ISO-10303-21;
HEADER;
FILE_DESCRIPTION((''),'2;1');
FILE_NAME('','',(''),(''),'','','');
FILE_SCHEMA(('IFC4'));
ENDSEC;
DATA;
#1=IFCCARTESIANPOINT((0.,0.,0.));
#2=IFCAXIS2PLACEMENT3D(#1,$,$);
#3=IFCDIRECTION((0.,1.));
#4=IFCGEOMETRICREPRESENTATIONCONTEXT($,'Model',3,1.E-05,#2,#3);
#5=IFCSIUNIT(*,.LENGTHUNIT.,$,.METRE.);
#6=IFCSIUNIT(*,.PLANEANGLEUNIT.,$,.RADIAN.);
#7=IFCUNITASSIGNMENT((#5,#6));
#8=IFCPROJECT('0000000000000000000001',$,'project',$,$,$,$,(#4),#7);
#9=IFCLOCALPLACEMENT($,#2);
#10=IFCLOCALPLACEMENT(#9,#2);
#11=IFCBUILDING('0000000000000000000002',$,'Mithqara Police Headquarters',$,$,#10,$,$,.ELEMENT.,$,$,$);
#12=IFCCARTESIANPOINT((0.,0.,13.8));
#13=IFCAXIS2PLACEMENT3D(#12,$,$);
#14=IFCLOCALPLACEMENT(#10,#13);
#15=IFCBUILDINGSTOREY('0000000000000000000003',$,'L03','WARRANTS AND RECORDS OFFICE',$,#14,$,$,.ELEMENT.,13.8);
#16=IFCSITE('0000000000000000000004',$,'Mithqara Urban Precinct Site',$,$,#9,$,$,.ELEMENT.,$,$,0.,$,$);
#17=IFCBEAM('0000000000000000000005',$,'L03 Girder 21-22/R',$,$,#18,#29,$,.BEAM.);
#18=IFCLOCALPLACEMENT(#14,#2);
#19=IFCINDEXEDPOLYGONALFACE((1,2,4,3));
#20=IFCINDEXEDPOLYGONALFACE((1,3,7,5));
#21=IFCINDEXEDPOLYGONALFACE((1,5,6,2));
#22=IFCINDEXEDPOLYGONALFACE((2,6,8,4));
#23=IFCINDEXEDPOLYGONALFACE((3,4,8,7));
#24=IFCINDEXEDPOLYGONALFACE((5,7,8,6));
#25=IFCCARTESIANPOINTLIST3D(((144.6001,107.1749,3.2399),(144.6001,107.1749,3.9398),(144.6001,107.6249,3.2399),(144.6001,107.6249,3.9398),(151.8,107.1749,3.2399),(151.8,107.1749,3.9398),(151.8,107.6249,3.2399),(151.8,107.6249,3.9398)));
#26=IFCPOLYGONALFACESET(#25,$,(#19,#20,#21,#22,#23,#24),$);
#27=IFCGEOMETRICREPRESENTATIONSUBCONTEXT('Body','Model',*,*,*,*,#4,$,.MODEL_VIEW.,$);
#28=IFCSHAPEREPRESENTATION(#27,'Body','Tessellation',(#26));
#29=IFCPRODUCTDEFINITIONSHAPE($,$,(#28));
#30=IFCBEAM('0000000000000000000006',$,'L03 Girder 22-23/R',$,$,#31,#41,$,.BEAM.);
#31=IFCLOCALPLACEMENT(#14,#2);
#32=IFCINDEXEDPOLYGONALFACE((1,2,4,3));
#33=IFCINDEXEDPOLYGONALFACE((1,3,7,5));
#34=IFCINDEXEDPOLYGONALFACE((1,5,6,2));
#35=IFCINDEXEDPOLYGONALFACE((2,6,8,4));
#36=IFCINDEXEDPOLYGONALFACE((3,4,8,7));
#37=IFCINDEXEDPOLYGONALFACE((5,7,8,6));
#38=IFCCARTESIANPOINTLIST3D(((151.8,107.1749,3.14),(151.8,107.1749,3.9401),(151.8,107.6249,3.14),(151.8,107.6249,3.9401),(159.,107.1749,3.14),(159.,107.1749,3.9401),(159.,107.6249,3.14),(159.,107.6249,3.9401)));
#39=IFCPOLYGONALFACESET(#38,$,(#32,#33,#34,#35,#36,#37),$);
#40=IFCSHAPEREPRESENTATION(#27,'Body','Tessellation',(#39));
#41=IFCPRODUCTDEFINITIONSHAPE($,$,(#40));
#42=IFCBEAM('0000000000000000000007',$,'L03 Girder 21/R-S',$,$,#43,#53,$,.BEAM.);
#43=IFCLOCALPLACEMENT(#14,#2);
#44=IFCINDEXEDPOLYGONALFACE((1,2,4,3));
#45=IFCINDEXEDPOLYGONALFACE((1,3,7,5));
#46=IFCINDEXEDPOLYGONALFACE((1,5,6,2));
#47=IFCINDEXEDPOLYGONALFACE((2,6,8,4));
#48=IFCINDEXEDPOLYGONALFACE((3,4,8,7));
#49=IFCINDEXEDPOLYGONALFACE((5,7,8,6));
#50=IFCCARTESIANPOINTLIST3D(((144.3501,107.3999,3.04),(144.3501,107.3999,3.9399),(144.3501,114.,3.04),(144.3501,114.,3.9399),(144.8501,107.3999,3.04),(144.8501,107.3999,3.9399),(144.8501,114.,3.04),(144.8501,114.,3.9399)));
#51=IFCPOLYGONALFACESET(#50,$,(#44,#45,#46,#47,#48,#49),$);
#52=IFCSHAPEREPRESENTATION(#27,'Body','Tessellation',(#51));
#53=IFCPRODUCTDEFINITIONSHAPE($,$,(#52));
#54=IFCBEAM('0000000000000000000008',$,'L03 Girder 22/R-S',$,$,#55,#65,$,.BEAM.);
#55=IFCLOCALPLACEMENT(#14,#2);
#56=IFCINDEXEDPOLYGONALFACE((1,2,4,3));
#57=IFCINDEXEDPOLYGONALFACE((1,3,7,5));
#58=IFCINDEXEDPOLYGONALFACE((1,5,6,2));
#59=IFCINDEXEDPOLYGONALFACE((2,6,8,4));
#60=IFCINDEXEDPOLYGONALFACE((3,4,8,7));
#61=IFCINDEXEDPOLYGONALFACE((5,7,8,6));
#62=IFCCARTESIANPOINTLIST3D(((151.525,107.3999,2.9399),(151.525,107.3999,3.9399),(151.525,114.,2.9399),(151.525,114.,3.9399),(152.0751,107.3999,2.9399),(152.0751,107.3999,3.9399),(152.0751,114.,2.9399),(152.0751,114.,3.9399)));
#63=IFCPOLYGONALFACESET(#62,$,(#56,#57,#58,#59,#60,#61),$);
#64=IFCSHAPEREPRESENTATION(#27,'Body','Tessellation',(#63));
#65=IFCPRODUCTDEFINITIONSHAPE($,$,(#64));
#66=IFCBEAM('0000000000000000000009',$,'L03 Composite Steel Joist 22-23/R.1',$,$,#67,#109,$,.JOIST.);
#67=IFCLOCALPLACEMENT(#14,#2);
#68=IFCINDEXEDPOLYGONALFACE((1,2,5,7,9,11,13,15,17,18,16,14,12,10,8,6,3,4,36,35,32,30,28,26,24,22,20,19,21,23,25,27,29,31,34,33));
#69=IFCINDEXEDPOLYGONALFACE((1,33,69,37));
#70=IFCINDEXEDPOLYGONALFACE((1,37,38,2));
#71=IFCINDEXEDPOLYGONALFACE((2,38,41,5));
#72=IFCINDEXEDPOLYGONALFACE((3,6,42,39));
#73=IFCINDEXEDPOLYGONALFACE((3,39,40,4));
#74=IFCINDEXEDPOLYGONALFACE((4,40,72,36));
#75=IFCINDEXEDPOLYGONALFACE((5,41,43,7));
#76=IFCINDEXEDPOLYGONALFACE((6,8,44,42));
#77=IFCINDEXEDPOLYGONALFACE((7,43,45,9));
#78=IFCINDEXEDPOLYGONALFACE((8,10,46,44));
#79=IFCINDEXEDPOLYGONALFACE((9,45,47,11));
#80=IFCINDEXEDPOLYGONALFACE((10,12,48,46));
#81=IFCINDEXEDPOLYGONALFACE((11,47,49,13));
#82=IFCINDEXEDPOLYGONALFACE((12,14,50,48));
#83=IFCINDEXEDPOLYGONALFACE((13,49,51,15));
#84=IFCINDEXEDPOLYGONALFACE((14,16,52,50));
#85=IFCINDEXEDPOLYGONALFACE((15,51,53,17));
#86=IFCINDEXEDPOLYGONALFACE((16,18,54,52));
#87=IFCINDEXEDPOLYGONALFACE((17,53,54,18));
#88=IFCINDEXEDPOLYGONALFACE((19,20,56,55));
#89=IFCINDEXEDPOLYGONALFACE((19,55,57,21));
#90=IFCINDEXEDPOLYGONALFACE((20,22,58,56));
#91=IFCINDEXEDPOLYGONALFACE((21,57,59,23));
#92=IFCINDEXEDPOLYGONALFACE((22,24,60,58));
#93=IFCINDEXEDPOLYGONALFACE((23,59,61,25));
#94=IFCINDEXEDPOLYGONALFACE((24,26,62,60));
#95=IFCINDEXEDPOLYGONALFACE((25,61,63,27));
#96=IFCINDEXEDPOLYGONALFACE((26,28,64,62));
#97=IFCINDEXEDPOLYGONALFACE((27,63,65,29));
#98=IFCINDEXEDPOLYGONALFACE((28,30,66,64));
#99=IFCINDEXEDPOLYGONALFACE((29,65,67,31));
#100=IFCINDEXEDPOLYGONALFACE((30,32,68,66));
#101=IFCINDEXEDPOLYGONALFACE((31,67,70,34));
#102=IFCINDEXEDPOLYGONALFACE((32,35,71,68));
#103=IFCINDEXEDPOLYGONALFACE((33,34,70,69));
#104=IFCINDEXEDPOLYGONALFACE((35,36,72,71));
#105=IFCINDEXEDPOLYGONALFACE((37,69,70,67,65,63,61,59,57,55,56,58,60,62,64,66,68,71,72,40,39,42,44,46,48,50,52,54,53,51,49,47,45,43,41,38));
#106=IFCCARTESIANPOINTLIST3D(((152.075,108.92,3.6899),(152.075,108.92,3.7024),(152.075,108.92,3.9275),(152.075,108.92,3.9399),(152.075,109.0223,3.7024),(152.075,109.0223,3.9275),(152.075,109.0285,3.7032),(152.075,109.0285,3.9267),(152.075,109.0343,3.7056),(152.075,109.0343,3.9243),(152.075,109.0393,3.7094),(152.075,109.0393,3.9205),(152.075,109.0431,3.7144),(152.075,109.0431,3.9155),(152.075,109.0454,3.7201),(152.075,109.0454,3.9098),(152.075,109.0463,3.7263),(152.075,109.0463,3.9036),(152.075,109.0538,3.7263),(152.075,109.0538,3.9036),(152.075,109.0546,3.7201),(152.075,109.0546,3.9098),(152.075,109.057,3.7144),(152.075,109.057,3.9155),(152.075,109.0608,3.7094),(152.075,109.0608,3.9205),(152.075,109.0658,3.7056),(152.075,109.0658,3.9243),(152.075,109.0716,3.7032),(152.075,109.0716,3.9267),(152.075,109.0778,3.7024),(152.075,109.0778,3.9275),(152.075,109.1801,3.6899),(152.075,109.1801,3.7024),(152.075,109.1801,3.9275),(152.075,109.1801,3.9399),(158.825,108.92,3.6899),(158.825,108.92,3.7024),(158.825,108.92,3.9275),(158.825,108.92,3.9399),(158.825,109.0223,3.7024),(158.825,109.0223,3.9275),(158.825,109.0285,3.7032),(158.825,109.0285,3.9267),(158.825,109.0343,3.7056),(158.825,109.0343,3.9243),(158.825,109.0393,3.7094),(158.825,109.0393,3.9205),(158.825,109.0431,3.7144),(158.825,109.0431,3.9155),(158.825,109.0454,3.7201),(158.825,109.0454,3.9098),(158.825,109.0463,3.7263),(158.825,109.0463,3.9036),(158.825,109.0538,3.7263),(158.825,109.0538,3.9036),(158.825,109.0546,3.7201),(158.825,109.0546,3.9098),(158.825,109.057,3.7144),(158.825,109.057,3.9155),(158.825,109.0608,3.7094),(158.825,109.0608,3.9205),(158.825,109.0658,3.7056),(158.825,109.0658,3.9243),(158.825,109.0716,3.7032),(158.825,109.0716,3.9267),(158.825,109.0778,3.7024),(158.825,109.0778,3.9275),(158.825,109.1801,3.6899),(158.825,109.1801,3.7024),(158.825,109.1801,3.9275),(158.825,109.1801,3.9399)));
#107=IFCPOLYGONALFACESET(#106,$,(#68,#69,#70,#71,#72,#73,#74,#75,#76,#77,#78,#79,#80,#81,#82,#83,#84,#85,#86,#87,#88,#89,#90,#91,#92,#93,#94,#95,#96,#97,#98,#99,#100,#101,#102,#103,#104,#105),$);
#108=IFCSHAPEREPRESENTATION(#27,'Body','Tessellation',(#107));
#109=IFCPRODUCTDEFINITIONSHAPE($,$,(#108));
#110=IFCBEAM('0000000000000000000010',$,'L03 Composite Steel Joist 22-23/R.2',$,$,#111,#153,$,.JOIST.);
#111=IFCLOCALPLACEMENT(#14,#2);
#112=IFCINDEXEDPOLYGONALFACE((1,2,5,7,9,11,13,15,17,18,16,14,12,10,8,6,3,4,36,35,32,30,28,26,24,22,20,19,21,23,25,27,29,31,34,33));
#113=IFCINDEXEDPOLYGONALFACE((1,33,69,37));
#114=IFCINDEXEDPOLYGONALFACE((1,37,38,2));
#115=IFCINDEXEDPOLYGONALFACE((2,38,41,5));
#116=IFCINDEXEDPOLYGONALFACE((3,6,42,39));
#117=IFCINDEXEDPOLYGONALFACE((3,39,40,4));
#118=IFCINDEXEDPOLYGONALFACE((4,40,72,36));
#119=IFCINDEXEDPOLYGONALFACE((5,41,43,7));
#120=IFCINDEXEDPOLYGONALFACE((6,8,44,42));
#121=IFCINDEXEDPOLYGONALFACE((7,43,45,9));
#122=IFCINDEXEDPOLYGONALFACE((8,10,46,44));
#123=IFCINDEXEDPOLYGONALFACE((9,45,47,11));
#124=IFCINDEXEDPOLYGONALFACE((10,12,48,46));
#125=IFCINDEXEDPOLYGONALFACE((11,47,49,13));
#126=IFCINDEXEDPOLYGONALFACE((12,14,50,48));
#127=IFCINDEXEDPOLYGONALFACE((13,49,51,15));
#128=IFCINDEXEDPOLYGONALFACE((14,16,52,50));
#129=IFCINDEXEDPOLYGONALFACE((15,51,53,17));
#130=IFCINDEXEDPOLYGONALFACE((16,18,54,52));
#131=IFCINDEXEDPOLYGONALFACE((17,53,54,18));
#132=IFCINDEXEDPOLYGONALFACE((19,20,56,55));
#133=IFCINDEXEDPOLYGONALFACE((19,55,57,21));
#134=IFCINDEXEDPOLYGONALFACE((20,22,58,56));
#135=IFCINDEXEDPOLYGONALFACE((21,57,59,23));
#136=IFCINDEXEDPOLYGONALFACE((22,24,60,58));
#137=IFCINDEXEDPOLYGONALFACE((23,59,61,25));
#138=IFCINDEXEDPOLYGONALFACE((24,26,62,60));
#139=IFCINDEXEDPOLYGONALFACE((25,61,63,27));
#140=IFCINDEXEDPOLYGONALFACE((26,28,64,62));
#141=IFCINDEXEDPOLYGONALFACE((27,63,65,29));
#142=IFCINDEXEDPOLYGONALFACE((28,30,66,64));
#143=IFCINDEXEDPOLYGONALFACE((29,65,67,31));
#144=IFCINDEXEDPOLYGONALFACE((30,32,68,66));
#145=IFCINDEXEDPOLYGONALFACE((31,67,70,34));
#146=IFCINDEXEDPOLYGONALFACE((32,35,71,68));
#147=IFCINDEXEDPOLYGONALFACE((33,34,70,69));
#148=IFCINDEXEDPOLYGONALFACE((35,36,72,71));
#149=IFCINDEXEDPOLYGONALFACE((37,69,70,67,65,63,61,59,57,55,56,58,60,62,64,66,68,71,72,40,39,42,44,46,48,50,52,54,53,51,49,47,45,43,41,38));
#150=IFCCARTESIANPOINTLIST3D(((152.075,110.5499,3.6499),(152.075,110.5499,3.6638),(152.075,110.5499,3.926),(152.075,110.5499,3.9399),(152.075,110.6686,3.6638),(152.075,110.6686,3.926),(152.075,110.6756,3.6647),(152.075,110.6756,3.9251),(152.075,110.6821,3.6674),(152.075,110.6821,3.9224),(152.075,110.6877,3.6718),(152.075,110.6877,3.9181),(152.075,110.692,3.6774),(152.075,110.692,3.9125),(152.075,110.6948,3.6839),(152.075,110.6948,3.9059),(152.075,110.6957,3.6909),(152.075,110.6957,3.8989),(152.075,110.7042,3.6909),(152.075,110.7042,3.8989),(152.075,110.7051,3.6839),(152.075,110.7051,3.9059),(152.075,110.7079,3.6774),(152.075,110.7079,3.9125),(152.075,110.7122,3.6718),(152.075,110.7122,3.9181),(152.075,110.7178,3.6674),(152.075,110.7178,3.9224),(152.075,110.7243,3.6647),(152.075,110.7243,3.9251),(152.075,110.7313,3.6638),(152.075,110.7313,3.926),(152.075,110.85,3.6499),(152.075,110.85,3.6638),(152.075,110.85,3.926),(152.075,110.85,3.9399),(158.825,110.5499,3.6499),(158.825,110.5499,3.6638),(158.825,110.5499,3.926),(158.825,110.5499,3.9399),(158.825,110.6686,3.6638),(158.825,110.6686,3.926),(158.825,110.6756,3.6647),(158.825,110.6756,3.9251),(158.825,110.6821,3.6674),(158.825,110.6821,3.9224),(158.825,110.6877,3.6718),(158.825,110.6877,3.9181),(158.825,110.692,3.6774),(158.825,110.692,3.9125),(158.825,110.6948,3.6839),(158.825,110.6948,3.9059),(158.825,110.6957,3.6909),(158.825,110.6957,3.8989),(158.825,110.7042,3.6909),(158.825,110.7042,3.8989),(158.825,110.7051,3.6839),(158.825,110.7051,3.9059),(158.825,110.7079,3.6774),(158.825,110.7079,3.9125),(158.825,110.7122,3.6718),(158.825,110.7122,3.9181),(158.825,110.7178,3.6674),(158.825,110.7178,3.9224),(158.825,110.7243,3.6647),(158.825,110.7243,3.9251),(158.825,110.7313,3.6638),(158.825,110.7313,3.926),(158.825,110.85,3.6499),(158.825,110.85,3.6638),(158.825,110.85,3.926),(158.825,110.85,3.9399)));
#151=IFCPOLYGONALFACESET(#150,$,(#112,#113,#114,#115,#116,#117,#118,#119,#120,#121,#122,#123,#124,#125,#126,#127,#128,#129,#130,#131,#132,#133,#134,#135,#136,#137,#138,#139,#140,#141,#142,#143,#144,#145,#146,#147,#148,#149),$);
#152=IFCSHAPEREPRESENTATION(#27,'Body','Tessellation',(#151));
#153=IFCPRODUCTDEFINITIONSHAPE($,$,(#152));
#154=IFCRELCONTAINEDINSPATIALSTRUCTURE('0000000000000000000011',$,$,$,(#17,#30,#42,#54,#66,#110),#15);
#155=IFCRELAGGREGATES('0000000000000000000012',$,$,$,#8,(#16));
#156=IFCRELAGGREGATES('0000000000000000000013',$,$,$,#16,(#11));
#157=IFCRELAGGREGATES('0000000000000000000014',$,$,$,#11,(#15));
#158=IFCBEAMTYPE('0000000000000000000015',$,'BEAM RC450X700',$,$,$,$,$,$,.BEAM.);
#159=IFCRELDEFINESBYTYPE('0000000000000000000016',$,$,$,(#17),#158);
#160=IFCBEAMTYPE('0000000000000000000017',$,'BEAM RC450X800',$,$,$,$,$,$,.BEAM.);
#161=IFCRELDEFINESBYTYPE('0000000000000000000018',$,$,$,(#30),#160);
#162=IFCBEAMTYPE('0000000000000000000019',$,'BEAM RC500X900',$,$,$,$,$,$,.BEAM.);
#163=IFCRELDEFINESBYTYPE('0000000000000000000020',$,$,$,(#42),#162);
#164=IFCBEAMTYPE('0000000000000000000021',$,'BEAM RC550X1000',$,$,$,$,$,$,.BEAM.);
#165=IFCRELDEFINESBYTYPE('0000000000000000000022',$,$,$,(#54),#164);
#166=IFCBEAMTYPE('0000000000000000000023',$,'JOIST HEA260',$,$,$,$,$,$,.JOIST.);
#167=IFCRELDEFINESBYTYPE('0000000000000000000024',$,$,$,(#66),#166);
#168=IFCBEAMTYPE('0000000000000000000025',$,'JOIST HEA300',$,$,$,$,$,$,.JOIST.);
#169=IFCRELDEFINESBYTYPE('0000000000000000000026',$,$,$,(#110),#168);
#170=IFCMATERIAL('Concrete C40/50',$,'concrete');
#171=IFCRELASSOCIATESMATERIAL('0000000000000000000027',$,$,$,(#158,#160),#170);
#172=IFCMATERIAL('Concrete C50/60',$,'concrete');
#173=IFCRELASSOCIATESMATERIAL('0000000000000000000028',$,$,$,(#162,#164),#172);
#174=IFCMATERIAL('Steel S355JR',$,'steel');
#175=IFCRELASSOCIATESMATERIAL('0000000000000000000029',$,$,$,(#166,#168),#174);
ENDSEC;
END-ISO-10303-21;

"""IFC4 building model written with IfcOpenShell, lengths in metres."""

from ifc_helpers import new_model, si_unit, direction, frame, origin, origin_2d, place, context, subcontext, project, spatial, rectangle, i_section, extrude, material, material_profile, profile_set, type_object, element, save


model = new_model("IFC4")

# Units and contexts
model_context = context("Model", 3, precision=1e-05, world=origin(), true_north=direction((0.0, 1.0)))
body_context = subcontext(model_context, "Body", "Model", "MODEL_VIEW")
ifc_project = project(units=[si_unit("LENGTHUNIT", "METRE"), si_unit("PLANEANGLEUNIT", "RADIAN")], contexts=[model_context])

# Site, building, storey
site_placement = place(None, origin())
site = spatial("IfcSite", under=ifc_project, at=site_placement, Name="Mithqara Urban Precinct Site", CompositionType="ELEMENT", RefElevation=0.0)
building_placement = place(site_placement, origin())
building = spatial("IfcBuilding", under=site, at=building_placement, Name="Mithqara Police Headquarters", CompositionType="ELEMENT")
storey_placement = place(building_placement, frame((0.0, 0.0, 13.8)))
storey = spatial("IfcBuildingStorey", under=building, at=storey_placement, Name="L03", Description="WARRANTS AND RECORDS OFFICE", CompositionType="ELEMENT", Elevation=13.8)

# Shared definitions
ifc_material_1 = material(Name="Concrete C50/60", Category="concrete")

# Beams
ifc_material_2 = material(Name="Steel S355JR", Category="steel")
ifc_material_3 = material(Name="Concrete C40/50", Category="concrete")
ifc_material_profile_1 = material_profile(ifc_material_3, rectangle(XDim=0.45, YDim=0.7, at=origin_2d()), Name="RC 450x700")
ifc_profile_set_1 = profile_set([ifc_material_profile_1], Name="Concrete C40/50")
beam_type_1 = type_object("IfcBeamType", Name="BEAM RC450X700", PredefinedType="BEAM", material=ifc_profile_set_1)
beam_1_placement = place(storey_placement, frame((144.6001, 107.3999, 3.5898), z_axis=(1.0, 0.0, 0.0), x_axis=(0.0, 1.0, 0.0)))
element("IfcBeam", 1, at=beam_1_placement, inside=storey, type_object=beam_type_1, Name="L03 Girder 21-22/R", PredefinedType="BEAM", context=body_context, shape_type="SweptSolid", body=[
    extrude(rectangle(XDim=0.45, YDim=0.7, at=origin_2d()), origin(), (0.0, 0.0, 1.0), 7.2),
])
ifc_material_profile_2 = material_profile(ifc_material_3, rectangle(XDim=0.45, YDim=0.8, at=origin_2d()), Name="RC 450x800")
ifc_profile_set_2 = profile_set([ifc_material_profile_2], Name="Concrete C40/50")
beam_type_2 = type_object("IfcBeamType", Name="BEAM RC450X800", PredefinedType="BEAM", material=ifc_profile_set_2)
beam_2_placement = place(storey_placement, frame((151.8, 107.3999, 3.54), z_axis=(1.0, 0.0, 0.0), x_axis=(0.0, 1.0, 0.0)))
element("IfcBeam", 2, at=beam_2_placement, inside=storey, type_object=beam_type_2, Name="L03 Girder 22-23/R", PredefinedType="BEAM", context=body_context, shape_type="SweptSolid", body=[
    extrude(rectangle(XDim=0.45, YDim=0.8, at=origin_2d()), origin(), (0.0, 0.0, 1.0), 7.2),
])
ifc_material_profile_3 = material_profile(ifc_material_1, rectangle(XDim=0.5, YDim=0.8999, at=origin_2d()), Name="RC 500x900")
ifc_profile_set_3 = profile_set([ifc_material_profile_3], Name="Concrete C50/60")
beam_type_3 = type_object("IfcBeamType", Name="BEAM RC500X900", PredefinedType="BEAM", material=ifc_profile_set_3)
beam_3_placement = place(storey_placement, frame((144.6001, 107.3999, 3.49), z_axis=(0.0, 1.0, 0.0), x_axis=(-1.0, 0.0, 0.0)))
element("IfcBeam", 3, at=beam_3_placement, inside=storey, type_object=beam_type_3, Name="L03 Girder 21/R-S", PredefinedType="BEAM", context=body_context, shape_type="SweptSolid", body=[
    extrude(rectangle(XDim=0.5, YDim=0.8999, at=origin_2d()), origin(), (0.0, 0.0, 1.0), 6.6001),
])
ifc_material_profile_4 = material_profile(ifc_material_1, rectangle(XDim=0.55, YDim=1.0, at=origin_2d()), Name="RC 550x1000")
ifc_profile_set_4 = profile_set([ifc_material_profile_4], Name="Concrete C50/60")
beam_type_4 = type_object("IfcBeamType", Name="BEAM RC550X1000", PredefinedType="BEAM", material=ifc_profile_set_4)
beam_4_placement = place(storey_placement, frame((151.8, 107.3999, 3.4399), z_axis=(0.0, 1.0, 0.0), x_axis=(-1.0, 0.0, 0.0)))
element("IfcBeam", 4, at=beam_4_placement, inside=storey, type_object=beam_type_4, Name="L03 Girder 22/R-S", PredefinedType="BEAM", context=body_context, shape_type="SweptSolid", body=[
    extrude(rectangle(XDim=0.55, YDim=1.0, at=origin_2d()), origin(), (0.0, 0.0, 1.0), 6.6001),
])
ifc_material_profile_5 = material_profile(ifc_material_2, i_section(OverallWidth=0.26, OverallDepth=0.25, WebThickness=0.0076, FlangeThickness=0.0125, FilletRadius=0.0239, at=origin_2d()), Name="HEA 260")
ifc_profile_set_5 = profile_set([ifc_material_profile_5], Name="Steel S355JR")
beam_type_5 = type_object("IfcBeamType", Name="JOIST HEA260", PredefinedType="JOIST", material=ifc_profile_set_5)
beam_5_placement = place(storey_placement, frame((152.075, 109.05, 3.8149), z_axis=(1.0, 0.0, 0.0), x_axis=(0.0, 1.0, 0.0)))
element("IfcBeam", 5, at=beam_5_placement, inside=storey, type_object=beam_type_5, Name="L03 Composite Steel Joist 22-23/R.1", PredefinedType="JOIST", context=body_context, shape_type="SweptSolid", body=[
    extrude(i_section(OverallWidth=0.26, OverallDepth=0.25, WebThickness=0.0076, FlangeThickness=0.0125, FilletRadius=0.0239, at=origin_2d()), origin(), (0.0, 0.0, 1.0), 6.75),
])
ifc_material_profile_6 = material_profile(ifc_material_2, i_section(OverallWidth=0.3, OverallDepth=0.29, WebThickness=0.0085, FlangeThickness=0.0139, FilletRadius=0.0271, at=origin_2d()), Name="HEA 300")
ifc_profile_set_6 = profile_set([ifc_material_profile_6], Name="Steel S355JR")
beam_type_6 = type_object("IfcBeamType", Name="JOIST HEA300", PredefinedType="JOIST", material=ifc_profile_set_6)
beam_6_placement = place(storey_placement, frame((152.075, 110.7, 3.7949), z_axis=(1.0, 0.0, 0.0), x_axis=(0.0, 1.0, 0.0)))
element("IfcBeam", 6, at=beam_6_placement, inside=storey, type_object=beam_type_6, Name="L03 Composite Steel Joist 22-23/R.2", PredefinedType="JOIST", context=body_context, shape_type="SweptSolid", body=[
    extrude(i_section(OverallWidth=0.3, OverallDepth=0.29, WebThickness=0.0085, FlangeThickness=0.0139, FilletRadius=0.0271, at=origin_2d()), origin(), (0.0, 0.0, 1.0), 6.75),
])

save(model, "model.ifc")
